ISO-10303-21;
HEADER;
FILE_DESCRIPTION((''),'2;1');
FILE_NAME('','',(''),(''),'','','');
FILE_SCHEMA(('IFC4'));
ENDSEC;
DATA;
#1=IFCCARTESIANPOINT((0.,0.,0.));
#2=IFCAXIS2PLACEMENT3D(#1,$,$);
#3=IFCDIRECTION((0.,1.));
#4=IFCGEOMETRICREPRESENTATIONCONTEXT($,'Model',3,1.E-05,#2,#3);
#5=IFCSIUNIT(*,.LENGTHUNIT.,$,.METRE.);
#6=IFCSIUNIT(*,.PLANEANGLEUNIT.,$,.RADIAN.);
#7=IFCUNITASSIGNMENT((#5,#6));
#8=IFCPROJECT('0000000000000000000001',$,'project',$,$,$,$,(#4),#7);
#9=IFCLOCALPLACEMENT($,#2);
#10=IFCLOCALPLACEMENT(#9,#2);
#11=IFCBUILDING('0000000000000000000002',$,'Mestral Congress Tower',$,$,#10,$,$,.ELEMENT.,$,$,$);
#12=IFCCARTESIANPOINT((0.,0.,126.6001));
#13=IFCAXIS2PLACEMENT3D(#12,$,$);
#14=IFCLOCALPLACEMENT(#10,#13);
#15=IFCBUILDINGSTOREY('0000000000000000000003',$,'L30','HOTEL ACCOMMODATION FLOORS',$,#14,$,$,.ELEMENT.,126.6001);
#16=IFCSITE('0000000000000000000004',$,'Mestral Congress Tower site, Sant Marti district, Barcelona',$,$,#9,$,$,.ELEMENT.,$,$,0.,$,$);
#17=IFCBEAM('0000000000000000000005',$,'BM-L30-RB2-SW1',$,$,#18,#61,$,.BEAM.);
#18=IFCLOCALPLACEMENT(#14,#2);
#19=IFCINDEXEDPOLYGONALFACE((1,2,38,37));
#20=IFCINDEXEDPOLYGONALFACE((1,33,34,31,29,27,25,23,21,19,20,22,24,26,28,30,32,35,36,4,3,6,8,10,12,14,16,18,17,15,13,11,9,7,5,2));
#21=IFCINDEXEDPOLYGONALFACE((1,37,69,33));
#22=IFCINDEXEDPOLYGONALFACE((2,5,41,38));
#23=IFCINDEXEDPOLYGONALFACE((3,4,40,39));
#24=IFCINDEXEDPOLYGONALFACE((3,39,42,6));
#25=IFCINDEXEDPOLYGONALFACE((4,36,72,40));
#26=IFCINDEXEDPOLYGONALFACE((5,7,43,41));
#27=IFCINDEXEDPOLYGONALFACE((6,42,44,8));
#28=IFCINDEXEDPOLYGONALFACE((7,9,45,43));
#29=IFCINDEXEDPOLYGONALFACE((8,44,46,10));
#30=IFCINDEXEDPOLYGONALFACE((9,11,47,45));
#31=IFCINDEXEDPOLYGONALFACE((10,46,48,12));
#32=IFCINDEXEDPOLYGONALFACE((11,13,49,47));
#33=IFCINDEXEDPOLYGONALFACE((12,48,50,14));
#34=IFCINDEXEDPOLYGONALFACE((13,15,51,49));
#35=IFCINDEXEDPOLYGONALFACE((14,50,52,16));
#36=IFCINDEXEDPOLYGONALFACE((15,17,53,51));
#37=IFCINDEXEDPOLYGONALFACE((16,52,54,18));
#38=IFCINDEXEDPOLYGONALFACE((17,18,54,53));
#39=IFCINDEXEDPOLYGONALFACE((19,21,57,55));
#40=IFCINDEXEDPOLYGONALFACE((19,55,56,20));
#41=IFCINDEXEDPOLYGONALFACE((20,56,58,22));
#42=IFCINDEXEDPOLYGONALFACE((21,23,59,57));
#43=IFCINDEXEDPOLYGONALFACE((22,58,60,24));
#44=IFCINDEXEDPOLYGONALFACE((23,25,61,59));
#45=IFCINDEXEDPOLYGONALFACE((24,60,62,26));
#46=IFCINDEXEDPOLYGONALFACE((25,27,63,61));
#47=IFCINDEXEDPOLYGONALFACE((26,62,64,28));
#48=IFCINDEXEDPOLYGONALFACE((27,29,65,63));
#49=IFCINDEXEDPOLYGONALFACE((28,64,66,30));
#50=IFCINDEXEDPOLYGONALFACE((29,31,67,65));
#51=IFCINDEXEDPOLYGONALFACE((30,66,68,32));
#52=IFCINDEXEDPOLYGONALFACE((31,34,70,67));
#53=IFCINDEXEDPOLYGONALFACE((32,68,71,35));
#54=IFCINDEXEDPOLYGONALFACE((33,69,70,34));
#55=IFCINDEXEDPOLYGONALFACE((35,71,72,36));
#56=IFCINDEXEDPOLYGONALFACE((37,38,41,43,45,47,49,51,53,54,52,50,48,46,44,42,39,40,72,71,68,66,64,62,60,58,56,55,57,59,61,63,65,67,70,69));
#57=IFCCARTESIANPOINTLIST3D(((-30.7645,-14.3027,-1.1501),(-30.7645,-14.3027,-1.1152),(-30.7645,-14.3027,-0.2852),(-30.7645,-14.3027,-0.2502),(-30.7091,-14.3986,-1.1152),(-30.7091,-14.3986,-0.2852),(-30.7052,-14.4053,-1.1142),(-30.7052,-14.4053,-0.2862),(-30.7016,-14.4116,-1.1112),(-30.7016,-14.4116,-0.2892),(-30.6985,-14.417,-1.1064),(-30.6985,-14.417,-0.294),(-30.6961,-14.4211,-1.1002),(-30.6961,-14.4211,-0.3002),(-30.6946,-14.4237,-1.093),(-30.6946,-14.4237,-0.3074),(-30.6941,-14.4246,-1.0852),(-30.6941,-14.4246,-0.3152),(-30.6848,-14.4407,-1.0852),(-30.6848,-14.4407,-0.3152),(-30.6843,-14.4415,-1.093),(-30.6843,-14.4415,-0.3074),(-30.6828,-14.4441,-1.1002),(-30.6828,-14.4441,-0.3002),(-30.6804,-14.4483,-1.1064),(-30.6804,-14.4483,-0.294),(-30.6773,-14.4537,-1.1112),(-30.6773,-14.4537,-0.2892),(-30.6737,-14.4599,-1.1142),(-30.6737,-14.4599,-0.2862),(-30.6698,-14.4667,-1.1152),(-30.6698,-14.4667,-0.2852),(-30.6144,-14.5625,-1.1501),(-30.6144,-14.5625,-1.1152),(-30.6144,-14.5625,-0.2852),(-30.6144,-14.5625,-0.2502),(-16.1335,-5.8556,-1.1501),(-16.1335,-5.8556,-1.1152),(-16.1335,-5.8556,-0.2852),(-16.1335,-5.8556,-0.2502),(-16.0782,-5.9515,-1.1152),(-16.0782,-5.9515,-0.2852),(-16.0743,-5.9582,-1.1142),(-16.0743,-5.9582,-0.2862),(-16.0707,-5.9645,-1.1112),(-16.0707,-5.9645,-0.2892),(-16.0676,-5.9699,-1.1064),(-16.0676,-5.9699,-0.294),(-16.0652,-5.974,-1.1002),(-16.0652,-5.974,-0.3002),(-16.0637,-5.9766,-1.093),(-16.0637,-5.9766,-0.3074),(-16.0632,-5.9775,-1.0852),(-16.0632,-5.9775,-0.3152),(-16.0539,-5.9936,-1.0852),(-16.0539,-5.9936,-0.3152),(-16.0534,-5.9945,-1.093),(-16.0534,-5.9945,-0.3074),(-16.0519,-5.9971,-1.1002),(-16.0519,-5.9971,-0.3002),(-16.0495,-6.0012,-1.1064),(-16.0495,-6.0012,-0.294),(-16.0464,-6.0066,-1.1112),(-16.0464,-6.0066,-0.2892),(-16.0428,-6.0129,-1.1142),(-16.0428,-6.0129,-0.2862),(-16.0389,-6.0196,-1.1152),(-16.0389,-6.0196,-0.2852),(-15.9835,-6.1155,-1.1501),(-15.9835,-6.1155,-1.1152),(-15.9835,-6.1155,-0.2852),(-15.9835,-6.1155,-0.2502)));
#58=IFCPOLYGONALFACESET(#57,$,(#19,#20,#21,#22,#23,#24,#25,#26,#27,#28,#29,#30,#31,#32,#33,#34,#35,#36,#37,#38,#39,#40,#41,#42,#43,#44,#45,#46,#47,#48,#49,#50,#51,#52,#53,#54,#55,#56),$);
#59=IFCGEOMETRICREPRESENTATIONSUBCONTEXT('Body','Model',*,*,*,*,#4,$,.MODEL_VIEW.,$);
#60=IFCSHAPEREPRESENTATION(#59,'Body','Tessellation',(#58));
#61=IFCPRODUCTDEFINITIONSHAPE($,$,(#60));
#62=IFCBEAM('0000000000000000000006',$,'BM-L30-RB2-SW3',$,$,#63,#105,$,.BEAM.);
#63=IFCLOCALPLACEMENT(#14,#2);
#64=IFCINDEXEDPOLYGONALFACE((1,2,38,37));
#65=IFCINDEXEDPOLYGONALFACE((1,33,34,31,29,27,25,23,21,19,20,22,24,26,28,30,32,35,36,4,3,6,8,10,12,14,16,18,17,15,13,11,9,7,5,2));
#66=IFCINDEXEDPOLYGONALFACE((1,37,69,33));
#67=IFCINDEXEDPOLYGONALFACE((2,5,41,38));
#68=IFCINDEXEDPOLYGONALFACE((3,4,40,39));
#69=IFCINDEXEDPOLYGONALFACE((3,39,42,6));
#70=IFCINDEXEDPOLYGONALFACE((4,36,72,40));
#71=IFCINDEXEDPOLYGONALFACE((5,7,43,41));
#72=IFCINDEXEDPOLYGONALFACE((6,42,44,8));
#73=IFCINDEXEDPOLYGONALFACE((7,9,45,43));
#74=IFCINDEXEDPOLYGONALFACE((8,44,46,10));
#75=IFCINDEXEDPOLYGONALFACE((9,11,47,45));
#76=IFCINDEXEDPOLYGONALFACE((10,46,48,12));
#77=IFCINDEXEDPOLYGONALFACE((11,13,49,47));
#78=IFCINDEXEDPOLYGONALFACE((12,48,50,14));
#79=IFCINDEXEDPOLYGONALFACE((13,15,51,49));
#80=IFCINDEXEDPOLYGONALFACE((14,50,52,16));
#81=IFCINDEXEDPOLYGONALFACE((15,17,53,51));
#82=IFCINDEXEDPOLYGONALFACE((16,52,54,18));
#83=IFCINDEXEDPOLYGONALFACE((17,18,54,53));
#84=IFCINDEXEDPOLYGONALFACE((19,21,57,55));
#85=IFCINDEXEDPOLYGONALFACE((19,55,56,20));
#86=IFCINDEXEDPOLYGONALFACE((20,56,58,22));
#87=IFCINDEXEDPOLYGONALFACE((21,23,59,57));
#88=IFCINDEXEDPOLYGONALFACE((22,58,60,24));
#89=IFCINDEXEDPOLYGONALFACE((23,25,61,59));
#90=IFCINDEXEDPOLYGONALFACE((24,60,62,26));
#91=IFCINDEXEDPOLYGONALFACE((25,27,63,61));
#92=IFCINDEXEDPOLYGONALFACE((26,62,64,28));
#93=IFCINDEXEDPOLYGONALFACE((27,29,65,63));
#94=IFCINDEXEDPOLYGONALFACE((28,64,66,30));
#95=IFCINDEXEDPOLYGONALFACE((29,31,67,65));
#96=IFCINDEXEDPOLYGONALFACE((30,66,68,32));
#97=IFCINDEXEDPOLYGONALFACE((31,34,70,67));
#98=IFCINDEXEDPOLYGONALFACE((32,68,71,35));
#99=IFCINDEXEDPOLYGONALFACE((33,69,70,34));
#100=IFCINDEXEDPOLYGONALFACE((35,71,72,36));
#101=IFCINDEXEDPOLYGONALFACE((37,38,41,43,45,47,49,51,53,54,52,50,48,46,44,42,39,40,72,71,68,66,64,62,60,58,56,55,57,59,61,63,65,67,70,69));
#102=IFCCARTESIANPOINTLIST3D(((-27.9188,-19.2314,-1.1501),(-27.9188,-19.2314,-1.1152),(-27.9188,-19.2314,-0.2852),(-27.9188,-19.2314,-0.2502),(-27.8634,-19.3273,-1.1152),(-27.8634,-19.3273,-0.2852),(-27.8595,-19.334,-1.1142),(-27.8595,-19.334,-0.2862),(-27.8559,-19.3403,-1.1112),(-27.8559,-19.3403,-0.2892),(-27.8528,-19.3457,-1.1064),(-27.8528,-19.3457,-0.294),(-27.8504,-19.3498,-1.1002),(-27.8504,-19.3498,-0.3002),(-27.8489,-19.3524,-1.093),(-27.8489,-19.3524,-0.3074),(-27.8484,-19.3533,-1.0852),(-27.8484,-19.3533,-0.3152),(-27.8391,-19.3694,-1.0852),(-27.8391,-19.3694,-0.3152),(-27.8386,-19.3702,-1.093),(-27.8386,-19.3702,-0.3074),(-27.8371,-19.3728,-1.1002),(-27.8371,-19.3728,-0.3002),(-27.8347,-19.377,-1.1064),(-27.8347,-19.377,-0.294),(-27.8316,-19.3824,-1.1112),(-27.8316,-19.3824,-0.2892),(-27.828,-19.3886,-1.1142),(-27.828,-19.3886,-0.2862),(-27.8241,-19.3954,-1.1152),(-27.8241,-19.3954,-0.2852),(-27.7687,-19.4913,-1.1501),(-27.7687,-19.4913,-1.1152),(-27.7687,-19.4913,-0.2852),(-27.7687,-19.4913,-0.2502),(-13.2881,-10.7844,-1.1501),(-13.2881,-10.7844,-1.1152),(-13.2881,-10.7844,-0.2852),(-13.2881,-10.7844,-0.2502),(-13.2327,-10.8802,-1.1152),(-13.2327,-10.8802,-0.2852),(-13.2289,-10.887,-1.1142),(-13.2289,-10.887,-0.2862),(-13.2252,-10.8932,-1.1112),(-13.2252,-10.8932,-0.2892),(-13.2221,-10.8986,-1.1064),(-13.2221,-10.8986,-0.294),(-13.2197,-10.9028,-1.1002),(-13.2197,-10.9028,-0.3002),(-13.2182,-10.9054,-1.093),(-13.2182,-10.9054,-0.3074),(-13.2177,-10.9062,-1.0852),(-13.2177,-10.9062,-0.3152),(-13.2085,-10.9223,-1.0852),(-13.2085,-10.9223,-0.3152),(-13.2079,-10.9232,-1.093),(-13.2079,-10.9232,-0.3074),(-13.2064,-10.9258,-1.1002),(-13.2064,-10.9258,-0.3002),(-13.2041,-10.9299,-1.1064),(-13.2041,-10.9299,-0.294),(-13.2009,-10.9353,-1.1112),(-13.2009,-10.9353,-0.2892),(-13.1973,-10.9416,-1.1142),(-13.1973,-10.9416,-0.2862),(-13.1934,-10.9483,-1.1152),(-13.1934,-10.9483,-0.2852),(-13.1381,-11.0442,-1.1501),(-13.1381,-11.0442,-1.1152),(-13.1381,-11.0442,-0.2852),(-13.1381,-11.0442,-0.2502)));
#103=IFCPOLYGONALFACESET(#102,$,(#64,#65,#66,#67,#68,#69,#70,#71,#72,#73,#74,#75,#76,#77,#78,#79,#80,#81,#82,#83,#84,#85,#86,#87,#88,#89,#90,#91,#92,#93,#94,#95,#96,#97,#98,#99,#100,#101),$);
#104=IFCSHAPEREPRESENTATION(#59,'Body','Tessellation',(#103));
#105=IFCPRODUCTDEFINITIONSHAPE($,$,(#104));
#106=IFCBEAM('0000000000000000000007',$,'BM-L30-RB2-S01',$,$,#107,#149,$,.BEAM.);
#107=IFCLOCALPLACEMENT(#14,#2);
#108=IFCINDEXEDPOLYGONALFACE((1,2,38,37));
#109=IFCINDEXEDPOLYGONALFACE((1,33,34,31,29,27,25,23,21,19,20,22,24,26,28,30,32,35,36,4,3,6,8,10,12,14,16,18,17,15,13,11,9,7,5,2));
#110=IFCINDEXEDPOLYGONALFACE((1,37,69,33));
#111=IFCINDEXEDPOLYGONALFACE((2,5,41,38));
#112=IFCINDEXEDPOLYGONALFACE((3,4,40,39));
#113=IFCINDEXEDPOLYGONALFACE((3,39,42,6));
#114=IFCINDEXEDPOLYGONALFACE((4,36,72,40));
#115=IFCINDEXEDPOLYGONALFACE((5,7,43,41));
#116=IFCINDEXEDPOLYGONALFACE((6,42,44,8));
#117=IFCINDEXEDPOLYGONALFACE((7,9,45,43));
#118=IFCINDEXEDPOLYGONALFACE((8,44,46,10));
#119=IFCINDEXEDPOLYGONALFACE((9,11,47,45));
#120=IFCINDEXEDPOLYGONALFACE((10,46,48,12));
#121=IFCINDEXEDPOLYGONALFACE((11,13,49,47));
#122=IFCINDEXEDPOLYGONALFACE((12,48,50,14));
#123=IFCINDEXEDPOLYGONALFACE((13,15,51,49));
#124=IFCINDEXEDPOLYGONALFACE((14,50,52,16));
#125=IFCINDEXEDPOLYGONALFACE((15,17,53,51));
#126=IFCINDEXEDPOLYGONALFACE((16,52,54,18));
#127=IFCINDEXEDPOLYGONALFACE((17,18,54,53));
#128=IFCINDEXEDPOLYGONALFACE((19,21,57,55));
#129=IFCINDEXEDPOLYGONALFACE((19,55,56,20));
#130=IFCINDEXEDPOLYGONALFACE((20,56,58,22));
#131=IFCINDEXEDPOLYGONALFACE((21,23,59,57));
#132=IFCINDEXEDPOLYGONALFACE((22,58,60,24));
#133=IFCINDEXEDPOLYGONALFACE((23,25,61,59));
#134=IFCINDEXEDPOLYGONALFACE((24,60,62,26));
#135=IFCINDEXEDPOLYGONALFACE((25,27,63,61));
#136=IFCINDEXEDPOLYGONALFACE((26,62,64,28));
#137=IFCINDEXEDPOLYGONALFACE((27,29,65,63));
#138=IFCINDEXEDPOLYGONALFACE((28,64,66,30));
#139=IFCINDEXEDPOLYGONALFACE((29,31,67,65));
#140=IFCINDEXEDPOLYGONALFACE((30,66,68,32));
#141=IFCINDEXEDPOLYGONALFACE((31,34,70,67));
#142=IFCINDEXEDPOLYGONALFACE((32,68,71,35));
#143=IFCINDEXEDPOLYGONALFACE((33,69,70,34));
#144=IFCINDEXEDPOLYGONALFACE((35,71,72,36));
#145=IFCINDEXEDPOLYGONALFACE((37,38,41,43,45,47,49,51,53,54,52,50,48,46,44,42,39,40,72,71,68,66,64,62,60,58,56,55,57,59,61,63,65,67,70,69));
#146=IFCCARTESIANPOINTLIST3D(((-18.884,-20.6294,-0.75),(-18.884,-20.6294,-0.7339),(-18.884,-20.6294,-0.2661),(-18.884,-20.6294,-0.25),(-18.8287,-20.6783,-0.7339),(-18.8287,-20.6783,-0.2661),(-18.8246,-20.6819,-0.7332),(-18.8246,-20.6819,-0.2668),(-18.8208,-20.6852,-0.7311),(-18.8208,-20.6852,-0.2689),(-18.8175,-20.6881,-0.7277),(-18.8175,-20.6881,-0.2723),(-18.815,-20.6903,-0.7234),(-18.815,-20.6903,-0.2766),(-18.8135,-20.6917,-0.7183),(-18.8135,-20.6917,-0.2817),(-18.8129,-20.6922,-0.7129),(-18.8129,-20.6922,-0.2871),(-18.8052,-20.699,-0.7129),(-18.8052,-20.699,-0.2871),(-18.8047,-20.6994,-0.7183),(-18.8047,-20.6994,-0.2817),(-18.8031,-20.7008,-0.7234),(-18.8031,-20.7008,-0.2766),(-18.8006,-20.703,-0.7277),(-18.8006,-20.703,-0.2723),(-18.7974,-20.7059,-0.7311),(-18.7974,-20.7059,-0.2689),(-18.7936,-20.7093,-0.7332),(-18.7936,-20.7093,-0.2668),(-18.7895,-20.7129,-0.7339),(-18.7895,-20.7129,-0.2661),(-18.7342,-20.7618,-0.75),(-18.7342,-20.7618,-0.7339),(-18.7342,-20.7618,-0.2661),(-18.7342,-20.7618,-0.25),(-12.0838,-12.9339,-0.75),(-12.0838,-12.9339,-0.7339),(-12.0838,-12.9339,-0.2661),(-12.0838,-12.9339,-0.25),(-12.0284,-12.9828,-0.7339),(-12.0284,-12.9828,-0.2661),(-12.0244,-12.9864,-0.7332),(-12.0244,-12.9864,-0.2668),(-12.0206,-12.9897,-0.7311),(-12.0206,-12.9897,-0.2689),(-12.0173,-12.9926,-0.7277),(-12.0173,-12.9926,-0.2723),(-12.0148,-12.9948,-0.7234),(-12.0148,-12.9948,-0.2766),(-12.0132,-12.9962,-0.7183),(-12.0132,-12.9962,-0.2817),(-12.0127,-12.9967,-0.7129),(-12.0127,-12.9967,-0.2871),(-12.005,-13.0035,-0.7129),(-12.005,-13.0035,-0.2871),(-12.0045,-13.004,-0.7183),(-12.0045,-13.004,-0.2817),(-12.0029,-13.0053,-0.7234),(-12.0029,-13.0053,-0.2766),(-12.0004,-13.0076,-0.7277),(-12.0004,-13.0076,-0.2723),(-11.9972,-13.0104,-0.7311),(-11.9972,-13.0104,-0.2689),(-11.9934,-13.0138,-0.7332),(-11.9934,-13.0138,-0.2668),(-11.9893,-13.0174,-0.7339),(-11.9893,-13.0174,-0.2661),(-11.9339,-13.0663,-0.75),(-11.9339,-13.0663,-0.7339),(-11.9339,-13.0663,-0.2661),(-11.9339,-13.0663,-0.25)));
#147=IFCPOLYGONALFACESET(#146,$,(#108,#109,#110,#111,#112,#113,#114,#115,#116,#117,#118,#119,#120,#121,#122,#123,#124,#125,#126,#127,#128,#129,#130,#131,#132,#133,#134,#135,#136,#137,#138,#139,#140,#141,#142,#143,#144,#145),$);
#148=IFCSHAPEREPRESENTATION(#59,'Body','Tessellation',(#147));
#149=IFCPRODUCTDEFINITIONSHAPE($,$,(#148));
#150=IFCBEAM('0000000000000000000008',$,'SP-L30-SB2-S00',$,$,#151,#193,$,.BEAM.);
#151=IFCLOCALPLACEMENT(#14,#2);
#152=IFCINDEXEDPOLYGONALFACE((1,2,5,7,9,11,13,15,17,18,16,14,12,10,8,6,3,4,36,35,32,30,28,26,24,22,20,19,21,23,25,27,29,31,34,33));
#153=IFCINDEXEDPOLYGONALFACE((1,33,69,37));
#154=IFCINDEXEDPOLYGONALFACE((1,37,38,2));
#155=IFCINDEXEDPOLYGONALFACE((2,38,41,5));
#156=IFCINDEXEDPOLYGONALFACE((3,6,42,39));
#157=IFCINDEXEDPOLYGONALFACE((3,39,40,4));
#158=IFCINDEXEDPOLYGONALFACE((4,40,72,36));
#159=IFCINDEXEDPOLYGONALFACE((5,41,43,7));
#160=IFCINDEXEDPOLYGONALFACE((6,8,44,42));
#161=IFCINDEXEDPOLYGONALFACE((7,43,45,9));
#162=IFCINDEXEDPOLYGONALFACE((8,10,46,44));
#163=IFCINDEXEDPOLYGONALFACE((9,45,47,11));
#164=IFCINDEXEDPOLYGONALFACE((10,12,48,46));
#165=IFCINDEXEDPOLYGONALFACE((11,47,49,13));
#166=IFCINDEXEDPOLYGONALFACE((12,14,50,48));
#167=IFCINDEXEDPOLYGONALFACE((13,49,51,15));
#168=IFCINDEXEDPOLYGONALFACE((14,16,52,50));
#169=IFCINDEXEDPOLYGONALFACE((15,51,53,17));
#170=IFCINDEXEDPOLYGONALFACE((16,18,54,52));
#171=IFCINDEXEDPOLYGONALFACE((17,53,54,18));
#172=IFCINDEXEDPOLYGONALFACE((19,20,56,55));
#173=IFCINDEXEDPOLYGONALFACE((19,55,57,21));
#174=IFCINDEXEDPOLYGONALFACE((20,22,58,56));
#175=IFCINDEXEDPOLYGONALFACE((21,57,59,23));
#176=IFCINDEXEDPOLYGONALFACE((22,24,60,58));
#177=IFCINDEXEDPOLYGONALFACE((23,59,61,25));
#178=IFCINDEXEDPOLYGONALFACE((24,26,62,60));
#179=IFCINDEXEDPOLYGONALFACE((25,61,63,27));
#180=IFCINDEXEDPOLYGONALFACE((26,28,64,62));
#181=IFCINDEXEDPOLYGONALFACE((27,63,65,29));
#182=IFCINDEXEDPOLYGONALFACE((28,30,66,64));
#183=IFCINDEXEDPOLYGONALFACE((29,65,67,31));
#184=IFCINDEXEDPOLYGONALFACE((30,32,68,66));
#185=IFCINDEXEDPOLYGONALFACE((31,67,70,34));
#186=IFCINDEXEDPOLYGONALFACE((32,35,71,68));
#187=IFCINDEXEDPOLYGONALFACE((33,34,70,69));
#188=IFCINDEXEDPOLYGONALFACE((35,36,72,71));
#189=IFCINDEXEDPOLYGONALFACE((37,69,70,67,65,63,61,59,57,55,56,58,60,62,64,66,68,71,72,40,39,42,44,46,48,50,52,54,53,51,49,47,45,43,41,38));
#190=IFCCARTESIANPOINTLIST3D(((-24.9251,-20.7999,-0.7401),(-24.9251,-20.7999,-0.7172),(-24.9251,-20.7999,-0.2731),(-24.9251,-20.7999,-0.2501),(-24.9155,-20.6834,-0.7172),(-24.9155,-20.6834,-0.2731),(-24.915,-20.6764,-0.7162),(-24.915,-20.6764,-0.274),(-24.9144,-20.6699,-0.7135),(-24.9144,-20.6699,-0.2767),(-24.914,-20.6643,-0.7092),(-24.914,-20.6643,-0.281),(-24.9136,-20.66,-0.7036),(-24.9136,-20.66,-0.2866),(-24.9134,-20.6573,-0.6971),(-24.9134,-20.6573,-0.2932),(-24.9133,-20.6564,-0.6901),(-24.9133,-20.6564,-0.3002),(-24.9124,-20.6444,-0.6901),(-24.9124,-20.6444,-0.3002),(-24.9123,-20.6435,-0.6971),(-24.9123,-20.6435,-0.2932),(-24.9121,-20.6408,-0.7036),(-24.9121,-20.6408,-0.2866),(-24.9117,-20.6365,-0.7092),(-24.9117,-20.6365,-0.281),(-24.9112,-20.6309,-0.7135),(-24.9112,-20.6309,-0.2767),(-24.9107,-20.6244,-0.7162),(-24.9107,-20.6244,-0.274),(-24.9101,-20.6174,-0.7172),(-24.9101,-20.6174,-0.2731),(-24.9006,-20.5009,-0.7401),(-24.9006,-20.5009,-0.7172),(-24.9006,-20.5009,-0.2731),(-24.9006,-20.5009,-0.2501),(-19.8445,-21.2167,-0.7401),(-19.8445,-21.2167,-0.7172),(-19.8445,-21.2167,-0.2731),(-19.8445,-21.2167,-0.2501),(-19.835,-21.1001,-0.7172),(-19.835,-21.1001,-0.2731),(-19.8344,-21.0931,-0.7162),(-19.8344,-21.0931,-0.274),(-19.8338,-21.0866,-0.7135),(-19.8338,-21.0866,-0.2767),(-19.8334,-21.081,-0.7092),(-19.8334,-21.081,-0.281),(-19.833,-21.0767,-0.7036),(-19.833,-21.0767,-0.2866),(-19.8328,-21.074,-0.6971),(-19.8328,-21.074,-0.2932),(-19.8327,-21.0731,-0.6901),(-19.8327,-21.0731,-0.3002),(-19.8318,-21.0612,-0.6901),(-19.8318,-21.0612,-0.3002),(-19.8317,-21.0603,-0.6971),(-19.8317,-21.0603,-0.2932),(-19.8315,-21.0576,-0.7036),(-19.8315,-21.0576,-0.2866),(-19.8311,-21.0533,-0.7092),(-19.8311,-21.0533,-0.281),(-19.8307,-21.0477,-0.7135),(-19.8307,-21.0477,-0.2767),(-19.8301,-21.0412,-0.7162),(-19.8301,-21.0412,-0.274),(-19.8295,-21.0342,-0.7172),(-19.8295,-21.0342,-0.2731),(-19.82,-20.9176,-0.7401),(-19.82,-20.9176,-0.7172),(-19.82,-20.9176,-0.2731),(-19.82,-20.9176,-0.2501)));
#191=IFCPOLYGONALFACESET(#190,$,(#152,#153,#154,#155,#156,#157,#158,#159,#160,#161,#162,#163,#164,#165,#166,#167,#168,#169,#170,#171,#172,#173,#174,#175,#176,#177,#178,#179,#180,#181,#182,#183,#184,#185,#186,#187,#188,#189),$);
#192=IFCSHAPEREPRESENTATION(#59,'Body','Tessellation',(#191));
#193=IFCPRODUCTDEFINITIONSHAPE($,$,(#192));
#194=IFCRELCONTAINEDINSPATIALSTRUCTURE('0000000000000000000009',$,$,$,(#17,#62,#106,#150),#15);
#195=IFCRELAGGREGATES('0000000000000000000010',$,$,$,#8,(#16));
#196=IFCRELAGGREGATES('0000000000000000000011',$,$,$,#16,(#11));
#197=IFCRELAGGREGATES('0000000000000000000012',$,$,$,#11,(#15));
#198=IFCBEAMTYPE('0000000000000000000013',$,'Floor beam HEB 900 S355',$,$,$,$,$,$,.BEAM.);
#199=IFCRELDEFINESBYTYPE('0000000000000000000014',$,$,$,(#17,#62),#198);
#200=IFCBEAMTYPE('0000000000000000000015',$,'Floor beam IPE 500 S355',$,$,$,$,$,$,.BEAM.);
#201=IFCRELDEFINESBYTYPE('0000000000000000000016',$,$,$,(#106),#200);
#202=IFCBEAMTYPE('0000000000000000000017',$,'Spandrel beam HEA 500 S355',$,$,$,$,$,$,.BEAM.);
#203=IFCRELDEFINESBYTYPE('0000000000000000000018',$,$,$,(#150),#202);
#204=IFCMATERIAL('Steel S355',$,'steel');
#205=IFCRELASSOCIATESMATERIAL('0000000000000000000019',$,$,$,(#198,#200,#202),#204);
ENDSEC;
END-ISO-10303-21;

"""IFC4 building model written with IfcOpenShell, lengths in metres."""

from ifc_helpers import new_model, si_unit, direction, frame, origin, origin_2d, place, context, subcontext, project, spatial, i_section, extrude, material, material_profile, profile_set, type_object, element, save


model = new_model("IFC4")

# Units and contexts
model_context = context("Model", 3, precision=1e-05, world=origin(), true_north=direction((0.0, 1.0)))
body_context = subcontext(model_context, "Body", "Model", "MODEL_VIEW")
ifc_project = project(units=[si_unit("LENGTHUNIT", "METRE"), si_unit("PLANEANGLEUNIT", "RADIAN")], contexts=[model_context])

# Site, building, storey
site_placement = place(None, origin())
site = spatial("IfcSite", under=ifc_project, at=site_placement, Name="Mestral Congress Tower site, Sant Marti district, Barcelona", CompositionType="ELEMENT", RefElevation=0.0)
building_placement = place(site_placement, origin())
building = spatial("IfcBuilding", under=site, at=building_placement, Name="Mestral Congress Tower", CompositionType="ELEMENT")
storey_placement = place(building_placement, frame((0.0, 0.0, 126.6001)))
storey = spatial("IfcBuildingStorey", under=building, at=storey_placement, Name="L30", Description="HOTEL ACCOMMODATION FLOORS", CompositionType="ELEMENT", Elevation=126.6001)

# Beams
ifc_material_1 = material(Name="Steel S355", Category="steel")
ifc_material_profile_1 = material_profile(ifc_material_1, i_section(OverallWidth=0.3, OverallDepth=0.8999, WebThickness=0.0186, FlangeThickness=0.0349, FilletRadius=0.03, at=origin_2d()), Name="HEB 900")
ifc_profile_set_1 = profile_set([ifc_material_profile_1], Name="Steel S355")
beam_type_1 = type_object("IfcBeamType", Name="Floor beam HEB 900 S355", PredefinedType="BEAM", material=ifc_profile_set_1)
beam_1_placement = place(storey_placement, frame((-30.6895, -14.4326, -0.7002), z_axis=(0.866028, 0.499995, 0.0), x_axis=(-0.499995, 0.866028, 0.0)))
element("IfcBeam", 1, at=beam_1_placement, inside=storey, type_object=beam_type_1, Name="BM-L30-RB2-SW1", PredefinedType="BEAM", context=body_context, shape_type="SweptSolid", body=[
    extrude(i_section(OverallWidth=0.3, OverallDepth=0.8999, WebThickness=0.0186, FlangeThickness=0.0349, FilletRadius=0.03, at=origin_2d()), origin(), (0.0, 0.0, 1.0), 16.8943),
])
beam_2_placement = place(storey_placement, frame((-27.8438, -19.3613, -0.7002), z_axis=(0.866025, 0.500001, 0.0), x_axis=(-0.500001, 0.866025, 0.0)))
element("IfcBeam", 2, at=beam_2_placement, inside=storey, type_object=beam_type_1, Name="BM-L30-RB2-SW3", PredefinedType="BEAM", context=body_context, shape_type="SweptSolid", body=[
    extrude(i_section(OverallWidth=0.3, OverallDepth=0.8999, WebThickness=0.0186, FlangeThickness=0.0349, FilletRadius=0.03, at=origin_2d()), origin(), (0.0, 0.0, 1.0), 16.894),
])
ifc_material_profile_2 = material_profile(ifc_material_1, i_section(OverallWidth=0.2, OverallDepth=0.5, WebThickness=0.0103, FlangeThickness=0.0161, FilletRadius=0.021, at=origin_2d()), Name="IPE 500")
ifc_profile_set_2 = profile_set([ifc_material_profile_2], Name="Steel S355")
beam_type_2 = type_object("IfcBeamType", Name="Floor beam IPE 500 S355", PredefinedType="BEAM", material=ifc_profile_set_2)
beam_3_placement = place(storey_placement, frame((-18.8091, -20.6956, -0.5), z_axis=(0.662174, 0.74935, 0.0), x_axis=(-0.74935, 0.662174, 0.0)))
element("IfcBeam", 3, at=beam_3_placement, inside=storey, type_object=beam_type_2, Name="BM-L30-RB2-S01", PredefinedType="BEAM", context=body_context, shape_type="SweptSolid", body=[
    extrude(i_section(OverallWidth=0.2, OverallDepth=0.5, WebThickness=0.0103, FlangeThickness=0.0161, FilletRadius=0.021, at=origin_2d()), origin(), (0.0, 0.0, 1.0), 10.2695),
])
ifc_material_profile_3 = material_profile(ifc_material_1, i_section(OverallWidth=0.3, OverallDepth=0.49, WebThickness=0.012, FlangeThickness=0.0229, FilletRadius=0.0271, at=origin_2d()), Name="HEA 500")
ifc_profile_set_3 = profile_set([ifc_material_profile_3], Name="Steel S355")
beam_type_3 = type_object("IfcBeamType", Name="Spandrel beam HEA 500 S355", PredefinedType="BEAM", material=ifc_profile_set_3)
beam_4_placement = place(storey_placement, frame((-24.9128, -20.6504, -0.4951), z_axis=(0.996653, -0.081753, 0.0), x_axis=(0.081753, 0.996653, 0.0)))
element("IfcBeam", 4, at=beam_4_placement, inside=storey, type_object=beam_type_3, Name="SP-L30-SB2-S00", PredefinedType="BEAM", context=body_context, shape_type="SweptSolid", body=[
    extrude(i_section(OverallWidth=0.3, OverallDepth=0.49, WebThickness=0.012, FlangeThickness=0.0229, FilletRadius=0.0271, at=origin_2d()), origin(), (0.0, 0.0, 1.0), 5.0977),
])

save(model, "model.ifc")
